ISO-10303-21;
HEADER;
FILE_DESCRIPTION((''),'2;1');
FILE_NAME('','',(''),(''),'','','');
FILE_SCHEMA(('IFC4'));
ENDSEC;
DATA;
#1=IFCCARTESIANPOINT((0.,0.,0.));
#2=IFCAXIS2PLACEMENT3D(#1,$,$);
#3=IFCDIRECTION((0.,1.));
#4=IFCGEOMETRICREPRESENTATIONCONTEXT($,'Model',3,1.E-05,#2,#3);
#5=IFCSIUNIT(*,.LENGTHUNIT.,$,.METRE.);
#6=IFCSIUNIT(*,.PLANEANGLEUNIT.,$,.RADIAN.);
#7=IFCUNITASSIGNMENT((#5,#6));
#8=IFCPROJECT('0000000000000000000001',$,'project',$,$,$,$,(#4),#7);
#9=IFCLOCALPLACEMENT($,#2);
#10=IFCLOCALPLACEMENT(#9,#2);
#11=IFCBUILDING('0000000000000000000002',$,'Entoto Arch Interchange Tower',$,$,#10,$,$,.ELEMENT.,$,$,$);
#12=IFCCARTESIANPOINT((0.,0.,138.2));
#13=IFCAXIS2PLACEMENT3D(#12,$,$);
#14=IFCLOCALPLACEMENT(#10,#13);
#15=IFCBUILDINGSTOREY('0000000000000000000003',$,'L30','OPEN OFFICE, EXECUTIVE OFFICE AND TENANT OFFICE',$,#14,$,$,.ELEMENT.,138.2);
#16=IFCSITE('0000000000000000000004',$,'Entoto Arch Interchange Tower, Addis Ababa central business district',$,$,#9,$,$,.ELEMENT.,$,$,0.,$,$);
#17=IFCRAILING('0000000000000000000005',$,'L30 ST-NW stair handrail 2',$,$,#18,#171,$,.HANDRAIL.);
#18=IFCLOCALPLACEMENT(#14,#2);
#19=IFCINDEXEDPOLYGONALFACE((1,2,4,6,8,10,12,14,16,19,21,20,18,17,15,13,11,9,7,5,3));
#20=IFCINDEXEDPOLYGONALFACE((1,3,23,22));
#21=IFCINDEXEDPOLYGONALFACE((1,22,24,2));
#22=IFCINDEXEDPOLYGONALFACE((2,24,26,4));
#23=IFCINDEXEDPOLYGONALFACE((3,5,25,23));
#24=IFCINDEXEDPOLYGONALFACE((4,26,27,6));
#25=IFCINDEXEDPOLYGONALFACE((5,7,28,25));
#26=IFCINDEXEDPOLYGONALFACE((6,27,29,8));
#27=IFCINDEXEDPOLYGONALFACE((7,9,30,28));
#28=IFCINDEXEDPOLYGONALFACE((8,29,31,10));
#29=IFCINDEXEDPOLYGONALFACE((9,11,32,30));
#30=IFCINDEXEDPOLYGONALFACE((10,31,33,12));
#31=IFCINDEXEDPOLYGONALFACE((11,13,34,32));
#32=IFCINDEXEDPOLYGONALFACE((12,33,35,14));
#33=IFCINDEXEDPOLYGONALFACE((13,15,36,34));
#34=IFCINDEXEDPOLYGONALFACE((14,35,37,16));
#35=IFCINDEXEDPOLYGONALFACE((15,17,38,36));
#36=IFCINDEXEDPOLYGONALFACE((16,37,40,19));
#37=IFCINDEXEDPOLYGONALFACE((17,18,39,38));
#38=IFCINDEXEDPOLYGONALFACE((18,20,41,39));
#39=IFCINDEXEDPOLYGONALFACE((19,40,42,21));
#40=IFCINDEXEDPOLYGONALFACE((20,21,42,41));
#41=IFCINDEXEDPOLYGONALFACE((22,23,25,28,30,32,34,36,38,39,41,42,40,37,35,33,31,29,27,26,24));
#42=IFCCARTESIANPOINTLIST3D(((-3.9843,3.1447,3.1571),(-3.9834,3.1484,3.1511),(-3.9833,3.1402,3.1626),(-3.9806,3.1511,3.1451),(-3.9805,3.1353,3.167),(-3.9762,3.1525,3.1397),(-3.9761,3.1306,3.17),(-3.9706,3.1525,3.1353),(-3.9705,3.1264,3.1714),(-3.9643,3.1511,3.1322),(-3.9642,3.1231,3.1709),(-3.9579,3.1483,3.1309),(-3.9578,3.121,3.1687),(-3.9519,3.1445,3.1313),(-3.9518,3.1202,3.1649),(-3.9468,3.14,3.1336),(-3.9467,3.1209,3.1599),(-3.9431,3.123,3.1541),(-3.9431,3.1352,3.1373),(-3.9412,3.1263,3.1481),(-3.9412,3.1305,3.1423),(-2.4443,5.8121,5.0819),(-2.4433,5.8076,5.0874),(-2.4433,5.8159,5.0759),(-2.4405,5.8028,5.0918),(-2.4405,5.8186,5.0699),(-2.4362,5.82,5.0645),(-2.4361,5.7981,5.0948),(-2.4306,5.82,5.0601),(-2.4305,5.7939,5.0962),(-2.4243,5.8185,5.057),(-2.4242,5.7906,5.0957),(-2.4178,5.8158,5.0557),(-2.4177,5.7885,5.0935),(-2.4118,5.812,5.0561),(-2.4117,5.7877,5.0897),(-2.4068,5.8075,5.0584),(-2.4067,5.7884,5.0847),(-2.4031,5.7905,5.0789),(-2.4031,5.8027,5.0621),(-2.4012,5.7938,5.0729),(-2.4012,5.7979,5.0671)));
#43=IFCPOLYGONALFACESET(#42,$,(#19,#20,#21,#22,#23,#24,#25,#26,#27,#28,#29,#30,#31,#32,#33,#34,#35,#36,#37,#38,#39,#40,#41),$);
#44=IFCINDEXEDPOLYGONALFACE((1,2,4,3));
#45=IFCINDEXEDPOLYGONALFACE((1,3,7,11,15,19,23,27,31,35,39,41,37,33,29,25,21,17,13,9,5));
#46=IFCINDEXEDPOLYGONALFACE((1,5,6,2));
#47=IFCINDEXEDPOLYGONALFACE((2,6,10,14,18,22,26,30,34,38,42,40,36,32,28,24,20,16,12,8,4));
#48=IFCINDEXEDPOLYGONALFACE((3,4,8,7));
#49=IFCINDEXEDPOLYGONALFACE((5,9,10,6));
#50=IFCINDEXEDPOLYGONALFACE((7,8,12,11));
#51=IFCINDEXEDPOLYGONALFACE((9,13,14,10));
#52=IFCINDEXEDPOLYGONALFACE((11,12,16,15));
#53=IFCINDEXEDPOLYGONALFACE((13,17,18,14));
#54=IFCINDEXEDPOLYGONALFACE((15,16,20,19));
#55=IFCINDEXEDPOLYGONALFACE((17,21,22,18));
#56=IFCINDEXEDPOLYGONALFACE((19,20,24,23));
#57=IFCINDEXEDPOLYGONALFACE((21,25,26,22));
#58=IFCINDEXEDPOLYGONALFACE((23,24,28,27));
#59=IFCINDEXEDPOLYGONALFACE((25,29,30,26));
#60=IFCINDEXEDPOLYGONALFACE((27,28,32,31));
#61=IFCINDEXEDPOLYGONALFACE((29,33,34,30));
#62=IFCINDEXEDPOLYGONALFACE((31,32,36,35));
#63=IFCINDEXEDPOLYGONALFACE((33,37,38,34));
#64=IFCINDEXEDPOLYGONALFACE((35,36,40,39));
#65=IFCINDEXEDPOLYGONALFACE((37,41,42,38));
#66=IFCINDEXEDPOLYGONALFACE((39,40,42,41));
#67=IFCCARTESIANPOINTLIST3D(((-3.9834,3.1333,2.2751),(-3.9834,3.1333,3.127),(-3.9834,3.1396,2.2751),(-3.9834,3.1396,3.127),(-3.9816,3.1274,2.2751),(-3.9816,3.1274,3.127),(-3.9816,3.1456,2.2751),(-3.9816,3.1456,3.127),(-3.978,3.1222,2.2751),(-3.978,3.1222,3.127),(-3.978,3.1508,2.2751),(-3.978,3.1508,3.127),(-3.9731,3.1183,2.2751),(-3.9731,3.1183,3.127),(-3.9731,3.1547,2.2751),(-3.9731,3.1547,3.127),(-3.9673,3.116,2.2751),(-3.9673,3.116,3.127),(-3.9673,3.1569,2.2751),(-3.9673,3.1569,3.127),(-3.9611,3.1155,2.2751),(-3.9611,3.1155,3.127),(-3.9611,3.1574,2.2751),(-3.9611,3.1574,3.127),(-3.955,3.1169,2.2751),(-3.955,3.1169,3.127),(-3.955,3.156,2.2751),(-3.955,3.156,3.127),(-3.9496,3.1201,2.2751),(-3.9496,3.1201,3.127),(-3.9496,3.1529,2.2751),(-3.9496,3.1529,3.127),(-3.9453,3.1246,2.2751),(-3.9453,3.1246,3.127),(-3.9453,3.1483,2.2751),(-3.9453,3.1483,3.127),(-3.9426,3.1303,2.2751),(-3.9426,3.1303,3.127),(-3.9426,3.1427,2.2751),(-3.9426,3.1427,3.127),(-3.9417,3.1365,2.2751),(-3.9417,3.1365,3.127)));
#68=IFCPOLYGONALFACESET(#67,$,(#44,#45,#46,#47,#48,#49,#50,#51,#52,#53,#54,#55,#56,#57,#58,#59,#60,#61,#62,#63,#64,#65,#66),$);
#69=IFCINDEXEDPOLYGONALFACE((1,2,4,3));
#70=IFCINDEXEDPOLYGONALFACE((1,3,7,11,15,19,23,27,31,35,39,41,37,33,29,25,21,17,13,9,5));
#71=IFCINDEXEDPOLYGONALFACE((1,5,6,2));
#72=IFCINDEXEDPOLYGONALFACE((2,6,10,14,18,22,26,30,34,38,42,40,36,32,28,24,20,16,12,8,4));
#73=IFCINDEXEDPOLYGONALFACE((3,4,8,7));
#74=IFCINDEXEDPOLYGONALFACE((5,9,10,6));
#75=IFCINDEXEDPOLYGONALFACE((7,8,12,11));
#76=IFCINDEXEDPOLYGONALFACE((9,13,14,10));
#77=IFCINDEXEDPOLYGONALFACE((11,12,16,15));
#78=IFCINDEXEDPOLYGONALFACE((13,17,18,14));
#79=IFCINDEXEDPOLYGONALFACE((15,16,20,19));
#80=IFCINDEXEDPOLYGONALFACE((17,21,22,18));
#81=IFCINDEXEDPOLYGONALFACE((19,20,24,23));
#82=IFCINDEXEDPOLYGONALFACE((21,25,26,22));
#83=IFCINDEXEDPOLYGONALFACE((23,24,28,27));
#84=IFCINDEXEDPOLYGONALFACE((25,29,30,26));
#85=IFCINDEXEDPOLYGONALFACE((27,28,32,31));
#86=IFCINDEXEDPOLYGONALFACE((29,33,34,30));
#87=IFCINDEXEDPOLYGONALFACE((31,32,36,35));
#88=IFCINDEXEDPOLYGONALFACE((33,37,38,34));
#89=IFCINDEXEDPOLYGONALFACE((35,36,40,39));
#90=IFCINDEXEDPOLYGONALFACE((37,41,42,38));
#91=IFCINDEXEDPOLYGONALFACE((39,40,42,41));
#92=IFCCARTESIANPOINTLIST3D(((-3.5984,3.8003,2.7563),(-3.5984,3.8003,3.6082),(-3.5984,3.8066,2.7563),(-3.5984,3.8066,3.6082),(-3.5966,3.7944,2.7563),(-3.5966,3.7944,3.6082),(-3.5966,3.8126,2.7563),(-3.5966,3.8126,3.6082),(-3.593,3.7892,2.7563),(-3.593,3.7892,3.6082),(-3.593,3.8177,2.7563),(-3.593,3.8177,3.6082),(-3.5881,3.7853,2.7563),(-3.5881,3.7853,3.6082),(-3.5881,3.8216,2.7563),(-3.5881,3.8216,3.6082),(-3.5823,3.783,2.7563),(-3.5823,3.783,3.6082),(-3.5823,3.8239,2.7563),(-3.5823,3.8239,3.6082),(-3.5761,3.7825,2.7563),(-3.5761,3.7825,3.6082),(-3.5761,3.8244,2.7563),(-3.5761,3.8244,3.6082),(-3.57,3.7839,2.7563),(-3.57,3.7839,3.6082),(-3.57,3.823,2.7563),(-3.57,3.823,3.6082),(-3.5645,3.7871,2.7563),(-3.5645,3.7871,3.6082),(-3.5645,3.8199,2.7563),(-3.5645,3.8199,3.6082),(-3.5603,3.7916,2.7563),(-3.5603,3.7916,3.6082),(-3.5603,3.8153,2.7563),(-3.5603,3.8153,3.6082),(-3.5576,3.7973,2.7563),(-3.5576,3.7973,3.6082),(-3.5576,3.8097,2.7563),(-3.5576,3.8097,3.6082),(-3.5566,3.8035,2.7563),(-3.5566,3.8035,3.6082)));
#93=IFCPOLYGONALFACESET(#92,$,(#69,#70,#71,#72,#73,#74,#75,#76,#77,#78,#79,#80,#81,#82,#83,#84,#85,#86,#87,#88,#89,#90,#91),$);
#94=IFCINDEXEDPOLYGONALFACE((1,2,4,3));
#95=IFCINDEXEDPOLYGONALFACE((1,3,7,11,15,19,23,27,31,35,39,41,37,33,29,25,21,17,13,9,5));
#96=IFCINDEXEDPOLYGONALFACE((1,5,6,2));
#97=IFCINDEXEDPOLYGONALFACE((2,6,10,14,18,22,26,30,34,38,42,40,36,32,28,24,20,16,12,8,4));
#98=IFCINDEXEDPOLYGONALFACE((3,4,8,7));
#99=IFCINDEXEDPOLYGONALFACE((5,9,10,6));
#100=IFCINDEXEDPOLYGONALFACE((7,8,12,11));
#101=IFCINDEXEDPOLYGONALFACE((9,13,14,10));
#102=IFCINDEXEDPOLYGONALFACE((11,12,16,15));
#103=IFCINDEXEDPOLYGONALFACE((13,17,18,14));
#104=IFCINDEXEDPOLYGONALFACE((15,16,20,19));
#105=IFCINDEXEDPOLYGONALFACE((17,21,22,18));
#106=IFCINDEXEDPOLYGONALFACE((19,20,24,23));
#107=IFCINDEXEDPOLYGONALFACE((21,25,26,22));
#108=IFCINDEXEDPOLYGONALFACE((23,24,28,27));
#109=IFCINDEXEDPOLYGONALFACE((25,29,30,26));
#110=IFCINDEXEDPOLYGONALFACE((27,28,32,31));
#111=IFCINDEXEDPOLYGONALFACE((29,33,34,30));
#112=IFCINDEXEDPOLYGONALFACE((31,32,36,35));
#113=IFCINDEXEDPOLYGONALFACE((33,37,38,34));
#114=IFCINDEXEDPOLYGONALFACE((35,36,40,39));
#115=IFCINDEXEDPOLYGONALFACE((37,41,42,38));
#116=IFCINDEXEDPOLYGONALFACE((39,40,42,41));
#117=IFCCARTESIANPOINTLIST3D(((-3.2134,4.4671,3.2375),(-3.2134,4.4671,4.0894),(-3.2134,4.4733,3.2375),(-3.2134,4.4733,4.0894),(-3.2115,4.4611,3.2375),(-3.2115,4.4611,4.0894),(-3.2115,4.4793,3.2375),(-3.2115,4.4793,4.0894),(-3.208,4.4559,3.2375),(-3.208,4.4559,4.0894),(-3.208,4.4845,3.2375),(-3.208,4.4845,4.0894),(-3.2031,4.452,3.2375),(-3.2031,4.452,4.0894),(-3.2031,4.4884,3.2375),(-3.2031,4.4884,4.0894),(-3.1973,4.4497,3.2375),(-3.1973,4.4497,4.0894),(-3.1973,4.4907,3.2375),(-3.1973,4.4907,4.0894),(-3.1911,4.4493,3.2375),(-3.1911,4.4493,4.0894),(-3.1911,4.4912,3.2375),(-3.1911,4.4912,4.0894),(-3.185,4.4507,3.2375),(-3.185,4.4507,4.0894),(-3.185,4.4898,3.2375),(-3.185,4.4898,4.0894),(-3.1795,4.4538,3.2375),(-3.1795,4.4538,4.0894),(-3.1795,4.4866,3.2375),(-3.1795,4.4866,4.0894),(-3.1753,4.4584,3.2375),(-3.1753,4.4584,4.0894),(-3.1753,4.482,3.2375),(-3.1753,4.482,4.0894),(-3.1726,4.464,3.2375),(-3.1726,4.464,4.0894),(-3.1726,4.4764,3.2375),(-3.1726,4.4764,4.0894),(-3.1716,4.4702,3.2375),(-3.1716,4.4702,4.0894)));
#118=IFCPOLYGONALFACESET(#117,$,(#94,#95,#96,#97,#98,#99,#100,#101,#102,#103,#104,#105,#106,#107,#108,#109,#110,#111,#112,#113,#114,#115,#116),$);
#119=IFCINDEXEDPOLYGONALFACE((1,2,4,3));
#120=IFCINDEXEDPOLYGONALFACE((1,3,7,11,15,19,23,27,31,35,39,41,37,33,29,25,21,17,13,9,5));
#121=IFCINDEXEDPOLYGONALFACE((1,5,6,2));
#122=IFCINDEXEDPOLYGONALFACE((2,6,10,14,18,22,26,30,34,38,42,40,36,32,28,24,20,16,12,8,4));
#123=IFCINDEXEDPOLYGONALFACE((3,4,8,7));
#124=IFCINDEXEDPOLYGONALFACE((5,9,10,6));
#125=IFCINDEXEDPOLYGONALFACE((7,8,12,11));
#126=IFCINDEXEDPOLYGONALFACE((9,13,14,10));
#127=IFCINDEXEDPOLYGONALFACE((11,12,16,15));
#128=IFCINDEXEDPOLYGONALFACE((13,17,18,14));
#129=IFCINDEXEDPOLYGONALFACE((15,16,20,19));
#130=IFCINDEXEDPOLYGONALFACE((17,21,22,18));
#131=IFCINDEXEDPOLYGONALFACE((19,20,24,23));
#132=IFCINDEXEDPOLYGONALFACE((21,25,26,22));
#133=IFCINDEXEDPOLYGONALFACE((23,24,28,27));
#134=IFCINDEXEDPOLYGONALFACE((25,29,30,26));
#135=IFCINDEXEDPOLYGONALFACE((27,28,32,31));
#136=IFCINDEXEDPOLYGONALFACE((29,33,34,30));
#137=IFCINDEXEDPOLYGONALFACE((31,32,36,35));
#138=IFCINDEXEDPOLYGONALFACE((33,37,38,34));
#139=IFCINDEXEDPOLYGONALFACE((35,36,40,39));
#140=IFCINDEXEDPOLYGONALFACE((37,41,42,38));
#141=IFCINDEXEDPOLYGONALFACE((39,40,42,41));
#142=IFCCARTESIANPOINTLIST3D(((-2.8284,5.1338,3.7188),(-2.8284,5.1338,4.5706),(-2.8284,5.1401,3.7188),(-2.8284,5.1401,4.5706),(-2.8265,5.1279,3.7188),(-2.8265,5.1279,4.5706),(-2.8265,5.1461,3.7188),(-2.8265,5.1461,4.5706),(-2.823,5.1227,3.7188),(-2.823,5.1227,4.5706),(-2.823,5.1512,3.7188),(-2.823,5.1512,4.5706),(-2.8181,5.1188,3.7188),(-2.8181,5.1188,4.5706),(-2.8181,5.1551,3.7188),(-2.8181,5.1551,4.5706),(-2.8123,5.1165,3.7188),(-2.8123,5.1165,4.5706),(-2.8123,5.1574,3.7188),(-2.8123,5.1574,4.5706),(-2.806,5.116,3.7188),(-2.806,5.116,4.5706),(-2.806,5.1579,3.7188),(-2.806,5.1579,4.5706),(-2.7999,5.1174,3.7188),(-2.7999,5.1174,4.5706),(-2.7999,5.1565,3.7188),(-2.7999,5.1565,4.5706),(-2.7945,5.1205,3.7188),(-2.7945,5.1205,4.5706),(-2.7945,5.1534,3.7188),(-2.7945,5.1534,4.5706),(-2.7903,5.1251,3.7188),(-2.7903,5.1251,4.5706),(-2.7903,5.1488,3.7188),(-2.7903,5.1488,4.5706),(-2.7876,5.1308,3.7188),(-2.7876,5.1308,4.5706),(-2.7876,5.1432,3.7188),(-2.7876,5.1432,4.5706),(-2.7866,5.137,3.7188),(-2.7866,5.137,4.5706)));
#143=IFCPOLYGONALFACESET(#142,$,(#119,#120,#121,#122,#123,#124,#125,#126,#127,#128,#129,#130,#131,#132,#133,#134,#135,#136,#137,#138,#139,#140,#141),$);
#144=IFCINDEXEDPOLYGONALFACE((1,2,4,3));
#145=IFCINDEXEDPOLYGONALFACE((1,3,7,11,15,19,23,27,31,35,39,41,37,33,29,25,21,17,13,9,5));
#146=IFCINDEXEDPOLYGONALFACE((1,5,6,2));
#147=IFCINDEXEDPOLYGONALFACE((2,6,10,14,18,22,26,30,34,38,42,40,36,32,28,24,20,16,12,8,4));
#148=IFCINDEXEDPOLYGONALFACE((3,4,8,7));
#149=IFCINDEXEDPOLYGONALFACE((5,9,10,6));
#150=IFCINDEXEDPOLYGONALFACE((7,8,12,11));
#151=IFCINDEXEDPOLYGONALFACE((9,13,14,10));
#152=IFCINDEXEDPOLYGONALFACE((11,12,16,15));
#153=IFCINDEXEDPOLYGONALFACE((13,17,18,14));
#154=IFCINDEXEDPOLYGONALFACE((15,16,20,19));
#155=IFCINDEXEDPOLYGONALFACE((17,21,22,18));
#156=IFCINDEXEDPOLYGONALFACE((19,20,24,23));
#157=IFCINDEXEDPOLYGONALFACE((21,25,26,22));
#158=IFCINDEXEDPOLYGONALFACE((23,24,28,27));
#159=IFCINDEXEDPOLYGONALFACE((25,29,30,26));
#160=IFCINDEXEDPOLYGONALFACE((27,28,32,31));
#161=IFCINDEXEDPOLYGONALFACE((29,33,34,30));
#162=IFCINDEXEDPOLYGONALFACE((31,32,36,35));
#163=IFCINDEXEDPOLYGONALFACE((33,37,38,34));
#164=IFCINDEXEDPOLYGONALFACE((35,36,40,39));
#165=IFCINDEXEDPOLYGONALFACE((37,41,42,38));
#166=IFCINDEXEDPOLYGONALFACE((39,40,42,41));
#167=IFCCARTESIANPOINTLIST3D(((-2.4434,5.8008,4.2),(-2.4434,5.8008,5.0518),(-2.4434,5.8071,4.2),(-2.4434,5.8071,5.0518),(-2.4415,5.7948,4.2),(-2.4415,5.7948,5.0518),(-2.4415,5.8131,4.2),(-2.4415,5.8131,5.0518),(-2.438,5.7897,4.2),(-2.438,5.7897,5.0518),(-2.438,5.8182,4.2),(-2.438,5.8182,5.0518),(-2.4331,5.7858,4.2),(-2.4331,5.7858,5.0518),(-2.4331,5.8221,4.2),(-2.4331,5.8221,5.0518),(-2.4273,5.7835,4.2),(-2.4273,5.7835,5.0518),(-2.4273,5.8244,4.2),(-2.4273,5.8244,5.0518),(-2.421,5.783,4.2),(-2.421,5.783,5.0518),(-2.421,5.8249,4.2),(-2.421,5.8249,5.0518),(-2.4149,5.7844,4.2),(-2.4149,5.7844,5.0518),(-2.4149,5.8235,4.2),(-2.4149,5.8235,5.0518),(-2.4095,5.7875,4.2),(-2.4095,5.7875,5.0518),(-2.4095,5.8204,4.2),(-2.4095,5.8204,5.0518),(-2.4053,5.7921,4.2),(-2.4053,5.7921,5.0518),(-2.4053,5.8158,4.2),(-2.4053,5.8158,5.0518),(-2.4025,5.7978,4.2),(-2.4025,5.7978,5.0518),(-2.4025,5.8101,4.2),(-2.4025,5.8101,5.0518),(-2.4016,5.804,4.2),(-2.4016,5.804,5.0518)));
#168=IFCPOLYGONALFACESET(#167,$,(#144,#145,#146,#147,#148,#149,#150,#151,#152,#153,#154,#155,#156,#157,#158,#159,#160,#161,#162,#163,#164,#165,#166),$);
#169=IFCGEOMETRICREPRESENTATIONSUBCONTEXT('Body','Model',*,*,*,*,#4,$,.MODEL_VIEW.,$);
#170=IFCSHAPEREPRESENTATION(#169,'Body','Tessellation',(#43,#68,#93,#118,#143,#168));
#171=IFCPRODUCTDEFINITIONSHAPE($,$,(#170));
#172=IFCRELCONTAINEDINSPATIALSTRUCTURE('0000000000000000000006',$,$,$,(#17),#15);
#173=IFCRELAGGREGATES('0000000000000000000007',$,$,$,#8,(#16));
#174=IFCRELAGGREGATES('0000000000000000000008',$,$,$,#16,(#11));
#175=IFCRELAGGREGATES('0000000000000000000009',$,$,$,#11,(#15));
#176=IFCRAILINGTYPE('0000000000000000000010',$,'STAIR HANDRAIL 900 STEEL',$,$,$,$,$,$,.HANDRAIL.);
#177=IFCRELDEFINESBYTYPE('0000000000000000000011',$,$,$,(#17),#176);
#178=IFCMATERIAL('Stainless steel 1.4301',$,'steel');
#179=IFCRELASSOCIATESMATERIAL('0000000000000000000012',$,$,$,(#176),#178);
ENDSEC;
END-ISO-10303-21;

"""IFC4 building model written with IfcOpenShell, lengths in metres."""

from ifc_helpers import new_model, si_unit, direction, frame, origin, origin_2d, place, context, subcontext, project, spatial, circle, extrude, material, type_object, element, save


model = new_model("IFC4")

# Units and contexts
model_context = context("Model", 3, precision=1e-05, world=origin(), true_north=direction((0.0, 1.0)))
body_context = subcontext(model_context, "Body", "Model", "MODEL_VIEW")
ifc_project = project(units=[si_unit("LENGTHUNIT", "METRE"), si_unit("PLANEANGLEUNIT", "RADIAN")], contexts=[model_context])

# Site, building, storey
site_placement = place(None, origin())
site = spatial("IfcSite", under=ifc_project, at=site_placement, Name="Entoto Arch Interchange Tower, Addis Ababa central business district", CompositionType="ELEMENT", RefElevation=0.0)
building_placement = place(site_placement, origin())
building = spatial("IfcBuilding", under=site, at=building_placement, Name="Entoto Arch Interchange Tower", CompositionType="ELEMENT")
storey_placement = place(building_placement, frame((0.0, 0.0, 138.2)))
storey = spatial("IfcBuildingStorey", under=building, at=storey_placement, Name="L30", Description="OPEN OFFICE, EXECUTIVE OFFICE AND TENANT OFFICE", CompositionType="ELEMENT", Elevation=138.2)

# Railing
ifc_material_1 = material(Name="Stainless steel 1.4301", Category="steel")
railing_type_1 = type_object("IfcRailingType", Name="STAIR HANDRAIL 900 STEEL", PredefinedType="HANDRAIL", material=ifc_material_1)
railing_1_placement = place(storey_placement, frame((-3.9626, 3.1365, 2.2751)))
element("IfcRailing", 1, at=railing_1_placement, inside=storey, type_object=railing_type_1, Name="L30 ST-NW stair handrail 2", PredefinedType="HANDRAIL", context=body_context, shape_type="SweptSolid", body=[
    extrude(circle(Radius=0.0239, at=origin_2d()), frame((0.0, 0.0, 0.876), z_axis=(0.42401, 0.734421, 0.529945), x_axis=(-0.86603, 0.499992, 0.0)), (0.0, 0.0, 1.0), 3.6321),
    extrude(circle(Radius=0.021, at=origin_2d()), origin(), (0.0, 0.0, 1.0), 0.8518),
    extrude(circle(Radius=0.021, at=origin_2d()), frame((0.385, 0.667, 0.4812)), (0.0, 0.0, 1.0), 0.8518),
    extrude(circle(Radius=0.021, at=origin_2d()), frame((0.77, 1.3337, 0.9624)), (0.0, 0.0, 1.0), 0.8518),
    extrude(circle(Radius=0.021, at=origin_2d()), frame((1.155, 2.0005, 1.4436)), (0.0, 0.0, 1.0), 0.8518),
    extrude(circle(Radius=0.021, at=origin_2d()), frame((1.54, 2.6675, 1.9248)), (0.0, 0.0, 1.0), 0.8518),
])

save(model, "model.ifc")
